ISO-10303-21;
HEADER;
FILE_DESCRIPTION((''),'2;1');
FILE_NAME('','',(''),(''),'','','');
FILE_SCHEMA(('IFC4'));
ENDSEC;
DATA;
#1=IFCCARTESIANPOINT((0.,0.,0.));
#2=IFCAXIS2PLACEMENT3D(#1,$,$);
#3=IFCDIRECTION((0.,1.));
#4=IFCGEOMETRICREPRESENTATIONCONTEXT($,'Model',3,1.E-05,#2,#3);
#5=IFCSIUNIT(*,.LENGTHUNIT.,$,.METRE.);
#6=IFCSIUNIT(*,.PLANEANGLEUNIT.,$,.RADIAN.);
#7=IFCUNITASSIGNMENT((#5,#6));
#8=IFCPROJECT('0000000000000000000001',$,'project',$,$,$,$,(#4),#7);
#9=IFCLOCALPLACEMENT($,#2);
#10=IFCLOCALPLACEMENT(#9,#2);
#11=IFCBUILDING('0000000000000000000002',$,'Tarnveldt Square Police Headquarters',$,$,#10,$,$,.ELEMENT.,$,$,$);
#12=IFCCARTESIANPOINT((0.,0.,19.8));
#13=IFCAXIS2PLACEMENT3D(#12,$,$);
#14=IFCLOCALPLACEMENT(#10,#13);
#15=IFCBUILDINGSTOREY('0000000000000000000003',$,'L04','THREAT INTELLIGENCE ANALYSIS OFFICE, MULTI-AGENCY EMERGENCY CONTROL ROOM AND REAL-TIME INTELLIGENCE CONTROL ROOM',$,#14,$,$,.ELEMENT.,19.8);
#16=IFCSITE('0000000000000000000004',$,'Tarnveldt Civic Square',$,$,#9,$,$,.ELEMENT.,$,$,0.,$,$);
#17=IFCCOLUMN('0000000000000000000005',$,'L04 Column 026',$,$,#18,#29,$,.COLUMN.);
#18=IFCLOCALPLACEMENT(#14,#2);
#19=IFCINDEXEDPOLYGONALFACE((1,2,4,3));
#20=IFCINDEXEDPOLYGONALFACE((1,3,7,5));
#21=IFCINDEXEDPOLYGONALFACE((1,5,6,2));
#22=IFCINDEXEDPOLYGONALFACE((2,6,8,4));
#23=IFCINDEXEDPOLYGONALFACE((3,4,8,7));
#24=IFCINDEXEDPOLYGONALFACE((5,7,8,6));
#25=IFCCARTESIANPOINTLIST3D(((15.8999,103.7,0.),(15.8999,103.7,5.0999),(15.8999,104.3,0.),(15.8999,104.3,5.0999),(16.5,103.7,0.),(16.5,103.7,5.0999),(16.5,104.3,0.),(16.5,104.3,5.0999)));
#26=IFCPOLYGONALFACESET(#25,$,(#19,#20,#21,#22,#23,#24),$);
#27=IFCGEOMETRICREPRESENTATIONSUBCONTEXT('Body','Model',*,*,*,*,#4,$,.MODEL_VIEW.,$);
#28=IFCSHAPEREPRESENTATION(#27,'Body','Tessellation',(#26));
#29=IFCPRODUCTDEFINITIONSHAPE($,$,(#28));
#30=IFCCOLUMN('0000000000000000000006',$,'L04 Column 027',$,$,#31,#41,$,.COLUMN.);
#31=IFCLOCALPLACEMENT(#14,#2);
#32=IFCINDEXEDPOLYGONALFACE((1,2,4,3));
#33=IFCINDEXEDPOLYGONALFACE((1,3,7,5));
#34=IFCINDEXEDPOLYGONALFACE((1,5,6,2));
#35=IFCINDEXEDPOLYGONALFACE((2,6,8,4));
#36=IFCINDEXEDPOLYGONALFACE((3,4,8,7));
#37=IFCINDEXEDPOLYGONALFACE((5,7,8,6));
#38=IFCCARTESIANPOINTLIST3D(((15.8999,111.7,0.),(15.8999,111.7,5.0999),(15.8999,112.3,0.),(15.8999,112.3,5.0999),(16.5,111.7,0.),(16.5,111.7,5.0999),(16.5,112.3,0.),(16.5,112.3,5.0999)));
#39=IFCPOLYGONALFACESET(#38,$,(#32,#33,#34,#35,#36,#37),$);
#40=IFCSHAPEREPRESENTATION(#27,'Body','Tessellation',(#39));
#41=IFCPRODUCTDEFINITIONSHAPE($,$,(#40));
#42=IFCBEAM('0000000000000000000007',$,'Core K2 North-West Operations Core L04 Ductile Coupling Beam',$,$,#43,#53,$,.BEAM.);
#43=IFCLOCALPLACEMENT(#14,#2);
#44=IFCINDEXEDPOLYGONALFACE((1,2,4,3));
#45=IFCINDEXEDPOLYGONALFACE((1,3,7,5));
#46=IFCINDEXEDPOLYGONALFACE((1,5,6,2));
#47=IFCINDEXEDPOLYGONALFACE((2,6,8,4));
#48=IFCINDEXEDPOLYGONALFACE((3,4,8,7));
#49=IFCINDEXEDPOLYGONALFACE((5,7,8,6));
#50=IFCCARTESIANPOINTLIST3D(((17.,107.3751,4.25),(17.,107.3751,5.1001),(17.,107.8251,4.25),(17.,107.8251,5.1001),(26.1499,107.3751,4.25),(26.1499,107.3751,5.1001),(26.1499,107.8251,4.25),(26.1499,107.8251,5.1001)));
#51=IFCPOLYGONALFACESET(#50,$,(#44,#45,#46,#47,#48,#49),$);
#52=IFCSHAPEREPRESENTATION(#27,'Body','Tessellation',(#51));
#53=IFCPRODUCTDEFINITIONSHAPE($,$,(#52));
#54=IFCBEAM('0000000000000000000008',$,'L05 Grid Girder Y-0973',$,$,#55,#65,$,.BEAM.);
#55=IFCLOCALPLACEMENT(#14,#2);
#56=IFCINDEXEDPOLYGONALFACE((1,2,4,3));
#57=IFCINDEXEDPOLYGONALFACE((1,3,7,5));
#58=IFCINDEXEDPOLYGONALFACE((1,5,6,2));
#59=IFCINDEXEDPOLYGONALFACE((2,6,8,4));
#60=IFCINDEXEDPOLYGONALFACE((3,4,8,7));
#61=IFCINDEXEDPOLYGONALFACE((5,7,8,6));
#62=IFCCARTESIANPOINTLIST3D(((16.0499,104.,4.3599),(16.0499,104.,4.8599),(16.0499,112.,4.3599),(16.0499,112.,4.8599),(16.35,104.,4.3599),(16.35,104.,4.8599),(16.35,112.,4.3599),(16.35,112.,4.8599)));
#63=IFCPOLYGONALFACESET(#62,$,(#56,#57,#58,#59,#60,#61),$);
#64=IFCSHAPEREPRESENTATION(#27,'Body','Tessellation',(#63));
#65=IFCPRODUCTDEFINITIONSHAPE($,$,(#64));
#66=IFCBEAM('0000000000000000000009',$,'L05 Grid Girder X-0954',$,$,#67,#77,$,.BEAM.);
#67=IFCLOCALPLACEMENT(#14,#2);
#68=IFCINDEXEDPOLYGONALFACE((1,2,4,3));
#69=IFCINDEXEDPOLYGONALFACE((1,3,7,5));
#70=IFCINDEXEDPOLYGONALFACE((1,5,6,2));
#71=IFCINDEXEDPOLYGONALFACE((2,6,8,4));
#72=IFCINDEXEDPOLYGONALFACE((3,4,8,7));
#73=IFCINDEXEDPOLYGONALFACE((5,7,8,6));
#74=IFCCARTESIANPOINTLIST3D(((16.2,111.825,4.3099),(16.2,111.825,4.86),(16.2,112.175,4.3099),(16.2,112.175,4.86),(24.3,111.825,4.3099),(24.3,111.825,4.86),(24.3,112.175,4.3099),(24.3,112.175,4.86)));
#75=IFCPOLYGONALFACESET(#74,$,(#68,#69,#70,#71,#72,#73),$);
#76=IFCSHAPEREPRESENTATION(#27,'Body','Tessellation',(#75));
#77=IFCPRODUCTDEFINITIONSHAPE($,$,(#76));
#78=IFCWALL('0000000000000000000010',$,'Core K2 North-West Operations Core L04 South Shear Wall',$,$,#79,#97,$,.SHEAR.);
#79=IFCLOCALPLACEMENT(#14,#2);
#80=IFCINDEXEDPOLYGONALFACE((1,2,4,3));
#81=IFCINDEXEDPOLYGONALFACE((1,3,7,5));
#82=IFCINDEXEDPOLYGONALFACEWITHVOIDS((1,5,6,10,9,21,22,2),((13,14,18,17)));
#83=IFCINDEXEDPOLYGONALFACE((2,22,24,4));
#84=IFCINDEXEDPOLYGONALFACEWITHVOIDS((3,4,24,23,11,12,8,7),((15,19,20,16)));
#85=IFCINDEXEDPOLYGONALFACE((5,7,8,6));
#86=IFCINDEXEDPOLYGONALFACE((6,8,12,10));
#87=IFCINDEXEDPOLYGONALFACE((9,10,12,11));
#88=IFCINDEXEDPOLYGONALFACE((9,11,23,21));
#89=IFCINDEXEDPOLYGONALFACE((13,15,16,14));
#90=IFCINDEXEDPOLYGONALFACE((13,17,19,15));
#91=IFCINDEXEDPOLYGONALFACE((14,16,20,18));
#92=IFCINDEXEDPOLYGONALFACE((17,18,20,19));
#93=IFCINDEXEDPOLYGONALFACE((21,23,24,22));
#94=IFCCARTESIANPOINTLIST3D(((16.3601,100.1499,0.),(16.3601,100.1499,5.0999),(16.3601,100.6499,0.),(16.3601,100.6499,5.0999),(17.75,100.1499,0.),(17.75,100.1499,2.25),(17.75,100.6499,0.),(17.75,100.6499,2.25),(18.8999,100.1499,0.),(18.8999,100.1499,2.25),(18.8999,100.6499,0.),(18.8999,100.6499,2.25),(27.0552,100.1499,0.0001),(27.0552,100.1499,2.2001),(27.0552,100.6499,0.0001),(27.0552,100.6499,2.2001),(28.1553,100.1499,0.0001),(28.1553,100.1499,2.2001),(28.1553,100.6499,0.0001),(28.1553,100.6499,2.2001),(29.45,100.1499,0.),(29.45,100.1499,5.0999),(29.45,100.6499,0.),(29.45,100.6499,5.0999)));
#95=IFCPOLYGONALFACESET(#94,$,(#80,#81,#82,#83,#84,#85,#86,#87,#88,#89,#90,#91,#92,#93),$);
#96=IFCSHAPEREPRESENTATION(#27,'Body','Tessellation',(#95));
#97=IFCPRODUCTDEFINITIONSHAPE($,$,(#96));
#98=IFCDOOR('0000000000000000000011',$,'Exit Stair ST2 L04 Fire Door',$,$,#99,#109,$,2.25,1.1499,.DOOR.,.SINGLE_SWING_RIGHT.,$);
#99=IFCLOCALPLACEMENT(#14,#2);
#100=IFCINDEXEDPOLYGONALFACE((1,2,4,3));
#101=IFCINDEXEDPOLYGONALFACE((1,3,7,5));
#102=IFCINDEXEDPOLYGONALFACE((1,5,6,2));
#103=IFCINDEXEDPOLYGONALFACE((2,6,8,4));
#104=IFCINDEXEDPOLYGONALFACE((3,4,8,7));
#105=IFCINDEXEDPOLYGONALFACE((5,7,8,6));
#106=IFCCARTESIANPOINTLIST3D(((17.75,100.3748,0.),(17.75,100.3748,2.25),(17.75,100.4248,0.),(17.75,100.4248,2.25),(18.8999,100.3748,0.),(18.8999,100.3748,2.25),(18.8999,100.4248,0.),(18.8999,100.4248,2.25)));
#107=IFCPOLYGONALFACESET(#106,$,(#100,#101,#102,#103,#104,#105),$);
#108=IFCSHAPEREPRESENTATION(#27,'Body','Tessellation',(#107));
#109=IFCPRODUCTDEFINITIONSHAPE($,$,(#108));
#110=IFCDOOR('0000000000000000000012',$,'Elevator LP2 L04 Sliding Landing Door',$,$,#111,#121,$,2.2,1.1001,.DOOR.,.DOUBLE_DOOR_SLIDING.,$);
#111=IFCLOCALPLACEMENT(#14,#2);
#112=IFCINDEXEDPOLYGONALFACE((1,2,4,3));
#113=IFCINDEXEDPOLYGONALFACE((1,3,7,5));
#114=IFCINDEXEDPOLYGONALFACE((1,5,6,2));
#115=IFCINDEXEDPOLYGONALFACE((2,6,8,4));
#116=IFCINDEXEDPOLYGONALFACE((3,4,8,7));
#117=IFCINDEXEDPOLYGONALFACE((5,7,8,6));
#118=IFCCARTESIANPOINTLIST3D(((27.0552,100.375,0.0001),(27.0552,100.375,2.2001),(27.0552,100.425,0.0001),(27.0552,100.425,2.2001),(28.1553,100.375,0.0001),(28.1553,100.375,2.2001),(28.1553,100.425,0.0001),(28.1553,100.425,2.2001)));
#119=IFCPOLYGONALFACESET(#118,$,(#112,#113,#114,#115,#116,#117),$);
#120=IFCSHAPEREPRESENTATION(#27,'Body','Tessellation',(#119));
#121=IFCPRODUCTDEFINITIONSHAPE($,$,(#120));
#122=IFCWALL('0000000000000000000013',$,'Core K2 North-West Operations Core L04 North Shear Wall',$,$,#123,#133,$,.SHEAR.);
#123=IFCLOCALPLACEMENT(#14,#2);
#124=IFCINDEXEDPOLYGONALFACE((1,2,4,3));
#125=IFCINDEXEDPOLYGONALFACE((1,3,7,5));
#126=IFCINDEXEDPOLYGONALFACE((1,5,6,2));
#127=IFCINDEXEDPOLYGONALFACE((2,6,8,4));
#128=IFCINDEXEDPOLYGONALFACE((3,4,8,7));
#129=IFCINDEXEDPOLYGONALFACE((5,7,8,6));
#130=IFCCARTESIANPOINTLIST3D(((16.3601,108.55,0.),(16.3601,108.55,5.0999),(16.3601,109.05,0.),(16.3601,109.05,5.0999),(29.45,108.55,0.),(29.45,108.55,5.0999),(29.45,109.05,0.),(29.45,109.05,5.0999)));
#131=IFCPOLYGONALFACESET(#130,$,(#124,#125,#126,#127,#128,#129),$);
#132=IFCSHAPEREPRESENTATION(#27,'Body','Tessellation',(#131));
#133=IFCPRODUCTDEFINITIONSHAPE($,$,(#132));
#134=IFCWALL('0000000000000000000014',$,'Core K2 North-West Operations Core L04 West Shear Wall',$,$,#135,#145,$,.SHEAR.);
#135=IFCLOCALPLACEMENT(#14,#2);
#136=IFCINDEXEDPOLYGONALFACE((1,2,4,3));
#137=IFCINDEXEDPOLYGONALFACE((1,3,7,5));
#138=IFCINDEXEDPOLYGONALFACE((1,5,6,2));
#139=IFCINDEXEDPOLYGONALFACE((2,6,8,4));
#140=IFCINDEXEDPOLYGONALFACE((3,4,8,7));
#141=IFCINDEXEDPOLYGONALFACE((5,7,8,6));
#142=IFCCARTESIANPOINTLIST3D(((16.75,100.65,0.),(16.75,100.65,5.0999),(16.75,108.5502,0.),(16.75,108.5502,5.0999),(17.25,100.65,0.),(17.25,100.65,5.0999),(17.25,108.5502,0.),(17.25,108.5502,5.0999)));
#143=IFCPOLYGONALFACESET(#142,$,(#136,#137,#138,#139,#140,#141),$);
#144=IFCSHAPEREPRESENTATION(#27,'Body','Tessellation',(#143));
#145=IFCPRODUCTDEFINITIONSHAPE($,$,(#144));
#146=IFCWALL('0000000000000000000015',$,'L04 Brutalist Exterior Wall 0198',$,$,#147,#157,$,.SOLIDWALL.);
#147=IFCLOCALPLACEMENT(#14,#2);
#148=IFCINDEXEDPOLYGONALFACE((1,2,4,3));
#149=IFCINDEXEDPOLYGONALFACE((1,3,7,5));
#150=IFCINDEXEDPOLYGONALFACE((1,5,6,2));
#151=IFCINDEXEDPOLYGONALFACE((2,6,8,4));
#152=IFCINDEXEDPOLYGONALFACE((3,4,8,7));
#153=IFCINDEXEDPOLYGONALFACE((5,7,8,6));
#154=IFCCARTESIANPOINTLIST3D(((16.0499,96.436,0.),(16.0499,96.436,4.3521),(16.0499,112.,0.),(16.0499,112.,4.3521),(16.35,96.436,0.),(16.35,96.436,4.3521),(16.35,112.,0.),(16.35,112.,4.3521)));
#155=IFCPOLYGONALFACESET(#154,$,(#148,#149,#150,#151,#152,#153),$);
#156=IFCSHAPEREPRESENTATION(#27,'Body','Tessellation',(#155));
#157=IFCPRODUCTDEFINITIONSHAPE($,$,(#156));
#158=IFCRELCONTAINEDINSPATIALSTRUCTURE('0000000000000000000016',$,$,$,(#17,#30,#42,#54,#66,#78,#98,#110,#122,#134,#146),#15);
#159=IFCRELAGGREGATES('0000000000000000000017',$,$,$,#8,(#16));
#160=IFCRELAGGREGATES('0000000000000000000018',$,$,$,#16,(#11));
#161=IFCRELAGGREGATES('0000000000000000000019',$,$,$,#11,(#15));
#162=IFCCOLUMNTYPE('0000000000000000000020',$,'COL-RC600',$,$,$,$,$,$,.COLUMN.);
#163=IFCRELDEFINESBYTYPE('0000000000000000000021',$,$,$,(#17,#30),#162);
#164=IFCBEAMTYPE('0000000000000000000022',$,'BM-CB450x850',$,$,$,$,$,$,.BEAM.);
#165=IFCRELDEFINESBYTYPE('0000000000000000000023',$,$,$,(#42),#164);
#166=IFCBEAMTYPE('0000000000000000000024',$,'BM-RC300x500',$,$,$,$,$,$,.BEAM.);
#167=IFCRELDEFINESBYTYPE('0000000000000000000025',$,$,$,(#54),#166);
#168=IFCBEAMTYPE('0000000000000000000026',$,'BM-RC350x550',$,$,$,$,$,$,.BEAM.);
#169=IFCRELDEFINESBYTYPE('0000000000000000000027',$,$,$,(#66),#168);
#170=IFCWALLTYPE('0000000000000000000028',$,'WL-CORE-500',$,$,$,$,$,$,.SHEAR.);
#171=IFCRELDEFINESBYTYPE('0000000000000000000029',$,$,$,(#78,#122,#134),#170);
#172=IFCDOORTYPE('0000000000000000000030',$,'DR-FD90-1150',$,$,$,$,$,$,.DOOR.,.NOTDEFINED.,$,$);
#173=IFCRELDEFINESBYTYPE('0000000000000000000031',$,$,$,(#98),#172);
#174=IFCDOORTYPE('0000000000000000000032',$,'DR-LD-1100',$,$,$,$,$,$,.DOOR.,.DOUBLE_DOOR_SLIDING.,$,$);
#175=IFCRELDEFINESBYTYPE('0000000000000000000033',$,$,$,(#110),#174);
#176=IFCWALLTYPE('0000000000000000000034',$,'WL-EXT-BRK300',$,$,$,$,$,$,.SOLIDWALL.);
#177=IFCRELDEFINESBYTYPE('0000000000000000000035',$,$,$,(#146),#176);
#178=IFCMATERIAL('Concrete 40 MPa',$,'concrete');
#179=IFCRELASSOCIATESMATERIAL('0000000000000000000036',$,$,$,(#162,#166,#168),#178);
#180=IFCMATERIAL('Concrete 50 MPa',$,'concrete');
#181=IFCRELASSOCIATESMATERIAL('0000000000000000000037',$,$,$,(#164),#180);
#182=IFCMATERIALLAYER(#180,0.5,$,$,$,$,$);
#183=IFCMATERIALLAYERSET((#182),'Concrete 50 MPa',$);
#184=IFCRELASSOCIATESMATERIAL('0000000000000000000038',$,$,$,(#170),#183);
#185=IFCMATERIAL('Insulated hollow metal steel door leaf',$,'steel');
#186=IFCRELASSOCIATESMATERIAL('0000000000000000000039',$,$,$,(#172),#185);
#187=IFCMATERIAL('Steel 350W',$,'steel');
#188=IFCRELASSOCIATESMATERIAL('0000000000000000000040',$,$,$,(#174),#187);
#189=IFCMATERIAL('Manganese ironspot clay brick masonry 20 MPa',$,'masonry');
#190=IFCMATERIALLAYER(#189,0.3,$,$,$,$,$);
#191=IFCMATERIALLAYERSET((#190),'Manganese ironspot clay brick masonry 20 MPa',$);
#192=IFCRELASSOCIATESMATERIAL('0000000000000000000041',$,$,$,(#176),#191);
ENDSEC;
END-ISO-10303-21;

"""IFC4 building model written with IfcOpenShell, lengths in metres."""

from ifc_helpers import new_model, si_unit, direction, frame, frame_2d, origin, origin_2d, place, context, subcontext, project, spatial, rectangle, extrude, material, layer, layer_set, material_profile, profile_set, type_object, element, fill, save


model = new_model("IFC4")

# Units and contexts
model_context = context("Model", 3, precision=1e-05, world=origin(), true_north=direction((0.0, 1.0)))
body_context = subcontext(model_context, "Body", "Model", "MODEL_VIEW")
ifc_project = project(units=[si_unit("LENGTHUNIT", "METRE"), si_unit("PLANEANGLEUNIT", "RADIAN")], contexts=[model_context])

# Site, building, storey
site_placement = place(None, origin())
site = spatial("IfcSite", under=ifc_project, at=site_placement, Name="Tarnveldt Civic Square", CompositionType="ELEMENT", RefElevation=0.0)
building_placement = place(site_placement, origin())
building = spatial("IfcBuilding", under=site, at=building_placement, Name="Tarnveldt Square Police Headquarters", CompositionType="ELEMENT")
storey_placement = place(building_placement, frame((0.0, 0.0, 19.8)))
storey = spatial("IfcBuildingStorey", under=building, at=storey_placement, Name="L04", Description="THREAT INTELLIGENCE ANALYSIS OFFICE, MULTI-AGENCY EMERGENCY CONTROL ROOM AND REAL-TIME INTELLIGENCE CONTROL ROOM", CompositionType="ELEMENT", Elevation=19.8)

# Columns
ifc_material_1 = material(Name="Concrete 40 MPa", Category="concrete")
ifc_material_profile_1 = material_profile(ifc_material_1, rectangle(XDim=0.6001, YDim=0.6001, at=origin_2d()), Name="RC-C600x600")
ifc_profile_set_1 = profile_set([ifc_material_profile_1], Name="Concrete 40 MPa")
column_type = type_object("IfcColumnType", Name="COL-RC600", PredefinedType="COLUMN", material=ifc_profile_set_1)
for number, where, z_axis, x_axis, name in (
    (1, (16.2, 104.0, 0.0), (0.0, 0.0, 1.0), (1.0, 0.0, 0.0), "L04 Column 026"),
    (2, (16.2, 112.0, 0.0), (0.0, 0.0, 1.0), (1.0, 0.0, 0.0), "L04 Column 027"),
):
    element("IfcColumn", number, at=place(storey_placement, frame(where, z_axis=z_axis, x_axis=x_axis)), inside=storey, type_object=column_type, Name=name, PredefinedType="COLUMN", context=body_context, shape_type="SweptSolid", body=[
        extrude(rectangle(XDim=0.6001, YDim=0.6001, at=origin_2d()), origin(), (0.0, 0.0, 1.0), 5.0999),
    ])

# Beams
ifc_material_2 = material(Name="Concrete 50 MPa", Category="concrete")
ifc_material_profile_2 = material_profile(ifc_material_2, rectangle(XDim=0.45, YDim=0.8501, at=origin_2d()), Name="RC-CB450x850")
ifc_profile_set_2 = profile_set([ifc_material_profile_2], Name="Concrete 50 MPa")
beam_type_1 = type_object("IfcBeamType", Name="BM-CB450x850", PredefinedType="BEAM", material=ifc_profile_set_2)
beam_1_placement = place(storey_placement, frame((17.0, 107.6001, 4.675), z_axis=(1.0, 0.0, 0.0), x_axis=(0.0, 1.0, 0.0)))
element("IfcBeam", 3, at=beam_1_placement, inside=storey, type_object=beam_type_1, Name="Core K2 North-West Operations Core L04 Ductile Coupling Beam", PredefinedType="BEAM", context=body_context, shape_type="SweptSolid", body=[
    extrude(rectangle(XDim=0.45, YDim=0.8501, at=origin_2d()), origin(), (0.0, 0.0, 1.0), 9.1499),
])
ifc_material_profile_3 = material_profile(ifc_material_1, rectangle(XDim=0.3, YDim=0.5, at=origin_2d()), Name="RC-B300x500")
ifc_profile_set_3 = profile_set([ifc_material_profile_3], Name="Concrete 40 MPa")
beam_type_2 = type_object("IfcBeamType", Name="BM-RC300x500", PredefinedType="BEAM", material=ifc_profile_set_3)
beam_2_placement = place(storey_placement, frame((16.2, 104.0, 4.6099), z_axis=(0.0, 1.0, 0.0), x_axis=(-1.0, 0.0, 0.0)))
element("IfcBeam", 4, at=beam_2_placement, inside=storey, type_object=beam_type_2, Name="L05 Grid Girder Y-0973", PredefinedType="BEAM", context=body_context, shape_type="SweptSolid", body=[
    extrude(rectangle(XDim=0.3, YDim=0.5, at=origin_2d()), origin(), (0.0, 0.0, 1.0), 8.0),
])
ifc_material_profile_4 = material_profile(ifc_material_1, rectangle(XDim=0.3501, YDim=0.55, at=origin_2d()), Name="RC-B350x550")
ifc_profile_set_4 = profile_set([ifc_material_profile_4], Name="Concrete 40 MPa")
beam_type_3 = type_object("IfcBeamType", Name="BM-RC350x550", PredefinedType="BEAM", material=ifc_profile_set_4)
beam_3_placement = place(storey_placement, frame((16.2, 112.0, 4.585), z_axis=(1.0, 0.0, 0.0), x_axis=(0.0, 1.0, 0.0)))
element("IfcBeam", 5, at=beam_3_placement, inside=storey, type_object=beam_type_3, Name="L05 Grid Girder X-0954", PredefinedType="BEAM", context=body_context, shape_type="SweptSolid", body=[
    extrude(rectangle(XDim=0.3501, YDim=0.55, at=origin_2d()), origin(), (0.0, 0.0, 1.0), 8.1001),
])

# Wall, openings, doors
ifc_layer_1 = layer(ifc_material_2, 0.5)
ifc_layer_set_1 = layer_set([ifc_layer_1], Name="Concrete 50 MPa")
wall_type_1 = type_object("IfcWallType", Name="WL-CORE-500", PredefinedType="SHEAR", material=ifc_layer_set_1)
wall_1_placement = place(storey_placement, frame((16.3601, 100.3999, 0.0), z_axis=(0.0, 0.0, 1.0), x_axis=(1.0, 0.0, 0.0)))
wall_1 = element("IfcWall", 6, at=wall_1_placement, inside=storey, type_object=wall_type_1, Name="Core K2 North-West Operations Core L04 South Shear Wall", PredefinedType="SHEAR", context=body_context, shape_type="SweptSolid", body=[
    extrude(rectangle(XDim=13.0898, YDim=0.5, at=frame_2d((6.5449, 0.0))), origin(), (0.0, 0.0, 1.0), 5.0999),
])
opening_1_placement = place(wall_1_placement, frame((1.3899, 0.0, 0.0)))
opening_1 = element("IfcOpeningElement", 7, at=opening_1_placement, cuts=wall_1, PredefinedType="OPENING", context=body_context, shape_type="SweptSolid", body=[
    extrude(rectangle(XDim=1.1499, YDim=2.25, at=frame_2d((0.575, 1.125))), frame((0.0, 0.26, 0.0), z_axis=(0.0, -1.0, 0.0), x_axis=(1.0, 0.0, 0.0)), (0.0, 0.0, 1.0), 0.52),
])
opening_2_placement = place(wall_1_placement, frame((10.6951, 0.0, 0.0)))
opening_2 = element("IfcOpeningElement", 8, at=opening_2_placement, cuts=wall_1, PredefinedType="OPENING", context=body_context, shape_type="SweptSolid", body=[
    extrude(rectangle(XDim=1.1001, YDim=2.2, at=frame_2d((0.55, 1.1001))), frame((0.0, 0.26, 0.0), z_axis=(0.0, -1.0, 0.0), x_axis=(1.0, 0.0, 0.0)), (0.0, 0.0, 1.0), 0.52),
])
ifc_material_3 = material(Name="Insulated hollow metal steel door leaf", Category="steel")
door_type_1 = type_object("IfcDoorType", Name="DR-FD90-1150", OperationType="NOTDEFINED", PredefinedType="DOOR", material=ifc_material_3)
door_1_placement = place(opening_1_placement, origin())
door_1 = element("IfcDoor", 9, at=door_1_placement, inside=storey, type_object=door_type_1, Name="Exit Stair ST2 L04 Fire Door", OperationType="SINGLE_SWING_RIGHT", OverallHeight=2.25, OverallWidth=1.1499, PredefinedType="DOOR", context=body_context, shape_type="SweptSolid", body=[
    extrude(rectangle(XDim=1.1499, YDim=2.25, at=frame_2d((0.575, 1.125))), frame((0.0, 0.0249, 0.0), z_axis=(0.0, -1.0, 0.0), x_axis=(1.0, 0.0, 0.0)), (0.0, 0.0, 1.0), 0.05),
])
fill(opening_1, door_1)
ifc_material_4 = material(Name="Steel 350W", Category="steel")
door_type_2 = type_object("IfcDoorType", Name="DR-LD-1100", OperationType="DOUBLE_DOOR_SLIDING", PredefinedType="DOOR", material=ifc_material_4)
door_2_placement = place(opening_2_placement, frame((1.1001, 0.0, 0.0), z_axis=(0.0, 0.0, 1.0), x_axis=(-1.0, 0.0, 0.0)))
door_2 = element("IfcDoor", 10, at=door_2_placement, inside=storey, type_object=door_type_2, Name="Elevator LP2 L04 Sliding Landing Door", OperationType="DOUBLE_DOOR_SLIDING", OverallHeight=2.2, OverallWidth=1.1001, PredefinedType="DOOR", context=body_context, shape_type="SweptSolid", body=[
    extrude(rectangle(XDim=1.1001, YDim=2.2, at=frame_2d((0.55, 1.1001))), frame((0.0, 0.0249, 0.0), z_axis=(0.0, -1.0, 0.0), x_axis=(1.0, 0.0, 0.0)), (0.0, 0.0, 1.0), 0.05),
])
fill(opening_2, door_2)

# Walls
wall_2_placement = place(storey_placement, frame((16.3601, 108.8, 0.0), z_axis=(0.0, 0.0, 1.0), x_axis=(1.0, 0.0, 0.0)))
element("IfcWall", 11, at=wall_2_placement, inside=storey, type_object=wall_type_1, Name="Core K2 North-West Operations Core L04 North Shear Wall", PredefinedType="SHEAR", context=body_context, shape_type="SweptSolid", body=[
    extrude(rectangle(XDim=13.0898, YDim=0.5, at=frame_2d((6.5449, 0.0))), origin(), (0.0, 0.0, 1.0), 5.0999),
])
wall_3_placement = place(storey_placement, frame((17.0, 100.6499, 0.0), z_axis=(0.0, 0.0, 1.0), x_axis=(0.0, 1.0, 0.0)))
element("IfcWall", 12, at=wall_3_placement, inside=storey, type_object=wall_type_1, Name="Core K2 North-West Operations Core L04 West Shear Wall", PredefinedType="SHEAR", context=body_context, shape_type="SweptSolid", body=[
    extrude(rectangle(XDim=7.9001, YDim=0.5, at=frame_2d((3.9502, 0.0))), origin(), (0.0, 0.0, 1.0), 5.0999),
])
ifc_material_5 = material(Name="Manganese ironspot clay brick masonry 20 MPa", Category="masonry")
ifc_layer_2 = layer(ifc_material_5, 0.3)
ifc_layer_set_2 = layer_set([ifc_layer_2], Name="Manganese ironspot clay brick masonry 20 MPa")
wall_type_2 = type_object("IfcWallType", Name="WL-EXT-BRK300", PredefinedType="SOLIDWALL", material=ifc_layer_set_2)
wall_4_placement = place(storey_placement, frame((16.2, 112.0, 0.0), z_axis=(0.0, 0.0, 1.0), x_axis=(0.0, -1.0, 0.0)))
element("IfcWall", 13, at=wall_4_placement, inside=storey, type_object=wall_type_2, Name="L04 Brutalist Exterior Wall 0198", PredefinedType="SOLIDWALL", context=body_context, shape_type="SweptSolid", body=[
    extrude(rectangle(XDim=15.564, YDim=0.3, at=frame_2d((7.782, 0.0))), origin(), (0.0, 0.0, 1.0), 4.3521),
])

save(model, "model.ifc")
